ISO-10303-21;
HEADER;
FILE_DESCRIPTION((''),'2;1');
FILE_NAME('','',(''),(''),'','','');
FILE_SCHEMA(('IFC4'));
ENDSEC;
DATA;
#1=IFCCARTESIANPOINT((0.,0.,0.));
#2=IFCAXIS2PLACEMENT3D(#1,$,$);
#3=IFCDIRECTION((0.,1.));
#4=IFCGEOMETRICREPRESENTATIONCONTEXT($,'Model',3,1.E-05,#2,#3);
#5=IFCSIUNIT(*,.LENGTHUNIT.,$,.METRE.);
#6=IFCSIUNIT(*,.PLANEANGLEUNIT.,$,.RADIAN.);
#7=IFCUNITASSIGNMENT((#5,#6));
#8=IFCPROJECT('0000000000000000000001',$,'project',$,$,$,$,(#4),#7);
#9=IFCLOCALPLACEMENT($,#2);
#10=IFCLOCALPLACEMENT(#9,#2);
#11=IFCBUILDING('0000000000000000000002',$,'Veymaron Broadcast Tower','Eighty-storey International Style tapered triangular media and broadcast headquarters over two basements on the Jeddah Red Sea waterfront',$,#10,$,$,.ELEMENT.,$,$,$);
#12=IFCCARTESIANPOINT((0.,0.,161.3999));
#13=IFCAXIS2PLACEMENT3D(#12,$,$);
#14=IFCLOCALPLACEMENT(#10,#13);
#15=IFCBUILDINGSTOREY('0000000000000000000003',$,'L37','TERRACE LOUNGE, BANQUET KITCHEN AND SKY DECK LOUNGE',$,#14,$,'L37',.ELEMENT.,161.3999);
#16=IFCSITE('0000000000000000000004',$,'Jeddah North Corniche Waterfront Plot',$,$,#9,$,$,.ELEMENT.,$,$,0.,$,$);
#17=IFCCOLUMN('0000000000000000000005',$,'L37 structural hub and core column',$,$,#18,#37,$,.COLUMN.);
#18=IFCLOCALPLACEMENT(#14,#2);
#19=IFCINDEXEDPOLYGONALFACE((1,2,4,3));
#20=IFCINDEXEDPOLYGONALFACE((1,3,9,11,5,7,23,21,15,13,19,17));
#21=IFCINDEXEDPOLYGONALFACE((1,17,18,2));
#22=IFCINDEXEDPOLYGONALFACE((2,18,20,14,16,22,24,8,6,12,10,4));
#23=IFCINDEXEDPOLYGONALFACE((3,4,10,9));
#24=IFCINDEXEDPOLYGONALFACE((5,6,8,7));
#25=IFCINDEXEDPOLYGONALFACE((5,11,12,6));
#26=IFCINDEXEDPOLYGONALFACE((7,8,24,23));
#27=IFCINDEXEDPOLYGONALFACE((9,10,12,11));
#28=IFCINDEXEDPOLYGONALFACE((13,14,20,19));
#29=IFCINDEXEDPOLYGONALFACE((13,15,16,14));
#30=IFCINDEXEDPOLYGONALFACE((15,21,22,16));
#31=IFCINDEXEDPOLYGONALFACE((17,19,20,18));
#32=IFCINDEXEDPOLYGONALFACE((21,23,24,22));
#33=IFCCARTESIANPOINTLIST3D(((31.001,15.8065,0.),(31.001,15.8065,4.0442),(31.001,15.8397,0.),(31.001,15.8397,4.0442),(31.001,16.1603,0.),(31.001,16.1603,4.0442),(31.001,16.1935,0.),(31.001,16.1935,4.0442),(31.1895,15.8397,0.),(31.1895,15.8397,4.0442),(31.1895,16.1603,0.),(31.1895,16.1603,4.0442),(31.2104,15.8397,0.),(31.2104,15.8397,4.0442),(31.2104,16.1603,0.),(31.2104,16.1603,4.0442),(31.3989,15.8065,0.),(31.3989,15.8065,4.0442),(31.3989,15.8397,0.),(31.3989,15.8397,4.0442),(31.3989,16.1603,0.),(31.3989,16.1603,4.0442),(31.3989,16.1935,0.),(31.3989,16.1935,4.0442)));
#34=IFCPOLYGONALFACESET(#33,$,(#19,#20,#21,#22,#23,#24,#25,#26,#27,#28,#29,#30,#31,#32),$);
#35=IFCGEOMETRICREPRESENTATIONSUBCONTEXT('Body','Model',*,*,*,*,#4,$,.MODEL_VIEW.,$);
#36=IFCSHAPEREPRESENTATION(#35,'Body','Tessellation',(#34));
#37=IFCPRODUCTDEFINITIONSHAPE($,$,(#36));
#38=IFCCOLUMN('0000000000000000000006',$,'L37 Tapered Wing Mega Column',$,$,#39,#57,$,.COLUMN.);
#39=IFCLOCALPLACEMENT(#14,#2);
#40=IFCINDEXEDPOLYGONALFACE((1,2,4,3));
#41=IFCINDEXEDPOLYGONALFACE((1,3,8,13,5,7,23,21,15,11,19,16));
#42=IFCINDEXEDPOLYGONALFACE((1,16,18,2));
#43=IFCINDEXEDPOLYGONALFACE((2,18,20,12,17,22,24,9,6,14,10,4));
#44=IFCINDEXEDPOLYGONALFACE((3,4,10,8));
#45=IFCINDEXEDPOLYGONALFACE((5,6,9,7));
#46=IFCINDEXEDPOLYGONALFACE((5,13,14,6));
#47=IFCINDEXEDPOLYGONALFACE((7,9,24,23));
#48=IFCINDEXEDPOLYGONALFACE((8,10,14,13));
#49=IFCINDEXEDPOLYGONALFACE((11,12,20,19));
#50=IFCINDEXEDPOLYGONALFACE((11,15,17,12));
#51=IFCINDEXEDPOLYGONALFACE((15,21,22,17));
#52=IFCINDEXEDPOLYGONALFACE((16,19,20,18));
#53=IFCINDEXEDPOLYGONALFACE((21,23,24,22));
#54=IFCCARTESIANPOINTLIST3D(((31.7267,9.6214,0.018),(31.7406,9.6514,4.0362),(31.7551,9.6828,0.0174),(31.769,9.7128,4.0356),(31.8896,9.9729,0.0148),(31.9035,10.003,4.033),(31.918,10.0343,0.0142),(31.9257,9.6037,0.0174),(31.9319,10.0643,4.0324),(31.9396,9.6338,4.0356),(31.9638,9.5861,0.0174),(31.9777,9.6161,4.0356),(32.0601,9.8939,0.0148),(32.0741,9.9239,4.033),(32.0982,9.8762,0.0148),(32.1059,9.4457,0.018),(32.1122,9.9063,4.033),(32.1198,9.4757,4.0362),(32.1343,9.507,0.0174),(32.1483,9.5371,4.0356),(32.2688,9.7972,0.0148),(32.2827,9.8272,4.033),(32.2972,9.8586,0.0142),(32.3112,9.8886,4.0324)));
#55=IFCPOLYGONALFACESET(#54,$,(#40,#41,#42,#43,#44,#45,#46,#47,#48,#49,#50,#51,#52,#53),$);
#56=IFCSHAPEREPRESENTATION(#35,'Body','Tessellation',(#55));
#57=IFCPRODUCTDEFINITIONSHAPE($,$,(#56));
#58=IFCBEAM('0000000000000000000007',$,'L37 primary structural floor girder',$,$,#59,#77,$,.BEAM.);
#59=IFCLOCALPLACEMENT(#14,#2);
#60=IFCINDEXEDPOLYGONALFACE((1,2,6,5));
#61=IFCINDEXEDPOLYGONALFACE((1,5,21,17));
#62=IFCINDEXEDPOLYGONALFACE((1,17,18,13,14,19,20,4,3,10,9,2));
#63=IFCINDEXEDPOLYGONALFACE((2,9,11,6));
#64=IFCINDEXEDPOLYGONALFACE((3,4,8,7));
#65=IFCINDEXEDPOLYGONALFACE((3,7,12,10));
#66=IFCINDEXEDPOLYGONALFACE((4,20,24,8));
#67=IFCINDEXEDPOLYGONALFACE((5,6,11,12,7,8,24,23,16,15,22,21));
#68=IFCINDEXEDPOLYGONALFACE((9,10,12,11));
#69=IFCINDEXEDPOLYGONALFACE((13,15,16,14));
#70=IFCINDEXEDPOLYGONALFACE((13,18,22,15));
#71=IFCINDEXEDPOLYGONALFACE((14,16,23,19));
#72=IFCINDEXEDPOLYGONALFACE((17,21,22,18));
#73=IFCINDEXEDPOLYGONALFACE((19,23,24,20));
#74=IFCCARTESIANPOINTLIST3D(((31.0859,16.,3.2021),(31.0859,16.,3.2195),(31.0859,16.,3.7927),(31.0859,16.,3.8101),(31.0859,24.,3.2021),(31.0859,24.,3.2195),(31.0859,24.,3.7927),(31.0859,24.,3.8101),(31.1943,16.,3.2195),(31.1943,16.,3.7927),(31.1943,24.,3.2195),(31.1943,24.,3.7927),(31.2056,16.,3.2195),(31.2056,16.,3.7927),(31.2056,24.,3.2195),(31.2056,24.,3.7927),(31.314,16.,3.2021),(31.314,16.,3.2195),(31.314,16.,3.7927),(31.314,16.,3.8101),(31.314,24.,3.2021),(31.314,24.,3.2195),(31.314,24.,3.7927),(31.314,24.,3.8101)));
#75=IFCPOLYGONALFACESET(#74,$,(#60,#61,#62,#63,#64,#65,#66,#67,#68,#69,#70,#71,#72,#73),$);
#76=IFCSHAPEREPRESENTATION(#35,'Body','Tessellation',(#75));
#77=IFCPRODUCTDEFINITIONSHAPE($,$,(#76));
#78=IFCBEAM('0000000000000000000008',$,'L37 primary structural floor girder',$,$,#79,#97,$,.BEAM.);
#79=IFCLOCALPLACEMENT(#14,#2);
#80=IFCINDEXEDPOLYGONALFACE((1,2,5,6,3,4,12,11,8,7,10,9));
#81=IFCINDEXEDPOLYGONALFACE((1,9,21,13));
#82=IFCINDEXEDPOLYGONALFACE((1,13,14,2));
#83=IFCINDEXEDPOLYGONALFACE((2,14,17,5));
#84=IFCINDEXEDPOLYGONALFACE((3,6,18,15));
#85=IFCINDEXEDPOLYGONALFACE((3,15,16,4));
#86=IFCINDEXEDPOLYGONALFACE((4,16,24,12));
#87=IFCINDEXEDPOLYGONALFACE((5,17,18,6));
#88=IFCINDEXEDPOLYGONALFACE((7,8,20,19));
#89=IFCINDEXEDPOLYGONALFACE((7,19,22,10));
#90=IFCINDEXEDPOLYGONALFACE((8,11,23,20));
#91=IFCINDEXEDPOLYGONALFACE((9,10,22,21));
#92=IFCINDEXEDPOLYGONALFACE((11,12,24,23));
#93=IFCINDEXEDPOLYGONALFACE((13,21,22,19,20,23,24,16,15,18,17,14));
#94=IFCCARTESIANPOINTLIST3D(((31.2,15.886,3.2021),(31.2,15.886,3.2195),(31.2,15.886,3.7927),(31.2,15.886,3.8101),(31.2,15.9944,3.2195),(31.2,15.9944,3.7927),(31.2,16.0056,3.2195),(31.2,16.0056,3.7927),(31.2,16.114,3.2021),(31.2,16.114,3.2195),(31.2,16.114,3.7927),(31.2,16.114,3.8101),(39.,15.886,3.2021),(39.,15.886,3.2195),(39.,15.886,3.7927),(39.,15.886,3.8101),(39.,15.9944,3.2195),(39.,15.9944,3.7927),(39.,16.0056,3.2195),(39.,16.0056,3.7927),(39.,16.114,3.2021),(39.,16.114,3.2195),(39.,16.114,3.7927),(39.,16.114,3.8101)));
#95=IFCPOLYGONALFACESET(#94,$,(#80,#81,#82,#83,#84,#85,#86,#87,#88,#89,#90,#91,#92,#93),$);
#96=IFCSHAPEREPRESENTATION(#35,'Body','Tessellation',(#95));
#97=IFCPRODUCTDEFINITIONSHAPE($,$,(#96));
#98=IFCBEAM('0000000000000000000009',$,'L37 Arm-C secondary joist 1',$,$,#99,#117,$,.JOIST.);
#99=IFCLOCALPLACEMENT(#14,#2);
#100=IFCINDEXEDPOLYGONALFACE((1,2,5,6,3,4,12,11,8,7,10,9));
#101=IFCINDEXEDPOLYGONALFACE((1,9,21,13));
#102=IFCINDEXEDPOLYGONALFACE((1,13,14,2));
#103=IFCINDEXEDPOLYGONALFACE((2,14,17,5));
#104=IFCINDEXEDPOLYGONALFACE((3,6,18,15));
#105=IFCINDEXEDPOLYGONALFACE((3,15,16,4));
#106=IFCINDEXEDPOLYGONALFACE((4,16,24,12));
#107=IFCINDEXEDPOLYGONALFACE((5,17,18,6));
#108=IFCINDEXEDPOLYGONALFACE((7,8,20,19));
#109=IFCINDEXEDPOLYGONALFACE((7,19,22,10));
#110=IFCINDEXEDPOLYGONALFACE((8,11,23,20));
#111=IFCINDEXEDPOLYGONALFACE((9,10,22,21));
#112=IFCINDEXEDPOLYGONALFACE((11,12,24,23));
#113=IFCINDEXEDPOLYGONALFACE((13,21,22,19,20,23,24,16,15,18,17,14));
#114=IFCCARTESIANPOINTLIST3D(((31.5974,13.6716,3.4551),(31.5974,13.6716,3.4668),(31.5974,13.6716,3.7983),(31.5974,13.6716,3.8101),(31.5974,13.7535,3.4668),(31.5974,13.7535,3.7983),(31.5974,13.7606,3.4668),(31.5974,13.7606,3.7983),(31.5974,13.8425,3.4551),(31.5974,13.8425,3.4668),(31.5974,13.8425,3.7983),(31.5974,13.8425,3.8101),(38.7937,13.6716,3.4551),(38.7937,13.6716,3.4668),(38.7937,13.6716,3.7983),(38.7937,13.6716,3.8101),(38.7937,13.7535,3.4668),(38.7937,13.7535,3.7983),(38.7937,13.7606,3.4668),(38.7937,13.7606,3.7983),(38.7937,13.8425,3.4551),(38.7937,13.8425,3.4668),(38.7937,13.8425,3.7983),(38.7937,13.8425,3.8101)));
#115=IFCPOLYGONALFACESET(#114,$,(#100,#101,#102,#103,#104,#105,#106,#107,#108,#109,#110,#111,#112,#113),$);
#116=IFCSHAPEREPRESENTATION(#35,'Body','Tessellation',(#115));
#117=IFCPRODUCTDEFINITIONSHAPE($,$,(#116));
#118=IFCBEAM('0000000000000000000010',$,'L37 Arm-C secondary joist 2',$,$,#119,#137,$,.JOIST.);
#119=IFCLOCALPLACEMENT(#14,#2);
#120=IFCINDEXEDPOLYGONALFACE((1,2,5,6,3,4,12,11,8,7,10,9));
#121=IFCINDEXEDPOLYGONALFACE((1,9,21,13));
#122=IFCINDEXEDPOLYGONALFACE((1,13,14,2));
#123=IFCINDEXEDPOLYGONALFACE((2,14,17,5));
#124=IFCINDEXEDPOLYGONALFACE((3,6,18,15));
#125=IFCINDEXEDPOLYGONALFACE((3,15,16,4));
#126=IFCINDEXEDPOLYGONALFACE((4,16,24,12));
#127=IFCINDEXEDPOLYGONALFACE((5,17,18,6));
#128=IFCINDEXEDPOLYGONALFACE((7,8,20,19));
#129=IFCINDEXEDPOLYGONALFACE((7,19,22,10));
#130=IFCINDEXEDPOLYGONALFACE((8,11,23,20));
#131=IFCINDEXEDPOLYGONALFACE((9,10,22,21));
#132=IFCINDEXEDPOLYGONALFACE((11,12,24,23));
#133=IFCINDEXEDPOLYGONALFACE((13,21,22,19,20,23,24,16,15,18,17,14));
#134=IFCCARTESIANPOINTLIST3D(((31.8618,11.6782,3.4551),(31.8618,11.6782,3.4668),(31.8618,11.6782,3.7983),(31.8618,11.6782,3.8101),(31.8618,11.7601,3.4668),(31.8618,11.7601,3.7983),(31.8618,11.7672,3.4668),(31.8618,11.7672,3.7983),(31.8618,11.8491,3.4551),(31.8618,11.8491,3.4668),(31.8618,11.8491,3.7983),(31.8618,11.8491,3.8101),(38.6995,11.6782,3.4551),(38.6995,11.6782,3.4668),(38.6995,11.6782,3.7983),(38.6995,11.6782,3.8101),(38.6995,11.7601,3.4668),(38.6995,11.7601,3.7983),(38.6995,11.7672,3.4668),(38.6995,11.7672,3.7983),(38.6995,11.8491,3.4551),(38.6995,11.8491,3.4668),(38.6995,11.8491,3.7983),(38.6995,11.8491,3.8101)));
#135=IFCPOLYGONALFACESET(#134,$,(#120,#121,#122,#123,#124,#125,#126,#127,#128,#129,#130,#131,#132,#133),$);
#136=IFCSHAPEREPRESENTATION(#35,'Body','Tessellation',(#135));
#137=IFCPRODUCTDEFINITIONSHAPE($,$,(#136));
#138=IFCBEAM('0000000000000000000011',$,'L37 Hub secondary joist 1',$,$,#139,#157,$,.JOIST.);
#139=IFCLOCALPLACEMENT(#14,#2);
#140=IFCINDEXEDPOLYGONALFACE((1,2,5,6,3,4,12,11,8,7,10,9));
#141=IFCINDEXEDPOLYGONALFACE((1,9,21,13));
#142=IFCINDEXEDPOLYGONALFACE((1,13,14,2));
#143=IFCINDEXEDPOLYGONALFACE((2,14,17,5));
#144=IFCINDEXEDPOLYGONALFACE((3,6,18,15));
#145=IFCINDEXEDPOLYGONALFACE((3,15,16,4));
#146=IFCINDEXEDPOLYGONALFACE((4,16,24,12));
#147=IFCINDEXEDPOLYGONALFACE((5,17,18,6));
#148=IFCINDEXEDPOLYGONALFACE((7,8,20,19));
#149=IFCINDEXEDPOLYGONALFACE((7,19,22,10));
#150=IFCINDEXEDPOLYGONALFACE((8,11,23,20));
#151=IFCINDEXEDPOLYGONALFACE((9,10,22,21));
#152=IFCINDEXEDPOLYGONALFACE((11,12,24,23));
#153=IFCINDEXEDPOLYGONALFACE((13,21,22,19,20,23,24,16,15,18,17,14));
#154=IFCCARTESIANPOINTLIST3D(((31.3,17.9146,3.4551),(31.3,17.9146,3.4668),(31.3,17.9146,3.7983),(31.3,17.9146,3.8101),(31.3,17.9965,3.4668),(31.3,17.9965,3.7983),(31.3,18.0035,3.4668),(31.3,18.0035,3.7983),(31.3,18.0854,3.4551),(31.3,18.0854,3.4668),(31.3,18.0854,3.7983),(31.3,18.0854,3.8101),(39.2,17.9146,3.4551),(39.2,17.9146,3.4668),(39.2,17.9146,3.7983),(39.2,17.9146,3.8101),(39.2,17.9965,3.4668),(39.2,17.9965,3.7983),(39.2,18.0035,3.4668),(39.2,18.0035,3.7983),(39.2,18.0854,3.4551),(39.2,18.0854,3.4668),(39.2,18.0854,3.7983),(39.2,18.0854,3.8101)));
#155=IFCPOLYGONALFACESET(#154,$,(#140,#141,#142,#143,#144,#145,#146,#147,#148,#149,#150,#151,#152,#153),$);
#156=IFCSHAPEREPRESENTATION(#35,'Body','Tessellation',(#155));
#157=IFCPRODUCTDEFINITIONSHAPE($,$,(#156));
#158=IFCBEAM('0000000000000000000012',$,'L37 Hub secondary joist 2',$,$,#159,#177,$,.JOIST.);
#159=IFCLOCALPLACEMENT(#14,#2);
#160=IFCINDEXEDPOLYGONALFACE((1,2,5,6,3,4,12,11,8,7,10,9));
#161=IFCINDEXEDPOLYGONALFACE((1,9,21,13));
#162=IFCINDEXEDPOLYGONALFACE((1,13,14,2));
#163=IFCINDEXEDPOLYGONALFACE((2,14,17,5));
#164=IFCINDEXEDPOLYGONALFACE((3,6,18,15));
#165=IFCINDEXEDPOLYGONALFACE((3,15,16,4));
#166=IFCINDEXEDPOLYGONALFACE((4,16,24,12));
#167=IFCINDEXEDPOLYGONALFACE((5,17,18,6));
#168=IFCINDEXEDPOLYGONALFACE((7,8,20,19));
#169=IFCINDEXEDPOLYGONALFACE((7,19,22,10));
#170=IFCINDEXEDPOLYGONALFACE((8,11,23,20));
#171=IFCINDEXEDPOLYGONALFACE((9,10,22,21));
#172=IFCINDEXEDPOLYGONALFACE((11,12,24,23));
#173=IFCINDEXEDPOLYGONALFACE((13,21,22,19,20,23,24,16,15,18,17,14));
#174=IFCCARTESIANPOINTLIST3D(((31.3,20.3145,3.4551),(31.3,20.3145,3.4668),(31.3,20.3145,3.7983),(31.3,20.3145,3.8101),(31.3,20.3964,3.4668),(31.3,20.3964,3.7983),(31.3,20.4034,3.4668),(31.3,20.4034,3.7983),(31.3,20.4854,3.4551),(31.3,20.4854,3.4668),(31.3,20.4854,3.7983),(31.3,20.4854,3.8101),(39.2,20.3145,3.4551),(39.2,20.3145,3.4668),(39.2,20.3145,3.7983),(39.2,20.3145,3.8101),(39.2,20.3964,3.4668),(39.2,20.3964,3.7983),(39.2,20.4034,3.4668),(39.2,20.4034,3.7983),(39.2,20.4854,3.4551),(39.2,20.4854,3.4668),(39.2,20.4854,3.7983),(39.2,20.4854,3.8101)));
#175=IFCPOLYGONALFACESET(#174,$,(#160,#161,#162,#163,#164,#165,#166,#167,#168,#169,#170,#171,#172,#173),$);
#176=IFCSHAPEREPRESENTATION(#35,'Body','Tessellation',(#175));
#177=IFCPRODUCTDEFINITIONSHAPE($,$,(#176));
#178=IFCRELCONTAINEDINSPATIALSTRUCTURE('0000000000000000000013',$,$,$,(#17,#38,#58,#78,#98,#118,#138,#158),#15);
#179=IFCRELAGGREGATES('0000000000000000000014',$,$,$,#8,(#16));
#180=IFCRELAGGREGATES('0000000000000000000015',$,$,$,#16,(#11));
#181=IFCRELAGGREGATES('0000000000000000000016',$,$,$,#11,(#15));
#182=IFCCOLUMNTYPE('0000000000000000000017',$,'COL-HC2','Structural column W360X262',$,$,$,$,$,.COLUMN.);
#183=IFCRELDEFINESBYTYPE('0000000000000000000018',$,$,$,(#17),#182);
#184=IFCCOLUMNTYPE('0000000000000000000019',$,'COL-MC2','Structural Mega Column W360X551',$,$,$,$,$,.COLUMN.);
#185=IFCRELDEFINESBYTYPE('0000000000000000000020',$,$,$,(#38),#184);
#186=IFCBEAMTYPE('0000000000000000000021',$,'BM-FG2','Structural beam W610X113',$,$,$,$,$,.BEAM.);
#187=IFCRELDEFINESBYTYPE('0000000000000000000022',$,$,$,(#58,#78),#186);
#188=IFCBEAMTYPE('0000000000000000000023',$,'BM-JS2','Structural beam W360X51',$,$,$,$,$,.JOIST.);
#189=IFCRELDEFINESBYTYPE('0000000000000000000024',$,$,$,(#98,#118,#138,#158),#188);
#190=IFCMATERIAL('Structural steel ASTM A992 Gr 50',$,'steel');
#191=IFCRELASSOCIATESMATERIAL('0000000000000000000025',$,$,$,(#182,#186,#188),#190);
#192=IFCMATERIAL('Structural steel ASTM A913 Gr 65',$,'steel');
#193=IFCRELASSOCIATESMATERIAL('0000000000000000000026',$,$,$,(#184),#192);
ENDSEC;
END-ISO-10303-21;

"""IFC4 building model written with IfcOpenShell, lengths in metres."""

from ifc_helpers import new_model, si_unit, direction, frame, origin, origin_2d, place, context, subcontext, project, spatial, i_section, extrude, material, material_profile, profile_set, type_object, element, save


model = new_model("IFC4")

# Units and contexts
model_context = context("Model", 3, precision=1e-05, world=origin(), true_north=direction((0.0, 1.0)))
body_context = subcontext(model_context, "Body", "Model", "MODEL_VIEW")
ifc_project = project(units=[si_unit("LENGTHUNIT", "METRE"), si_unit("PLANEANGLEUNIT", "RADIAN")], contexts=[model_context])

# Site, building, storey
site_placement = place(None, origin())
site = spatial("IfcSite", under=ifc_project, at=site_placement, Name="Jeddah North Corniche Waterfront Plot", CompositionType="ELEMENT", RefElevation=0.0)
building_placement = place(site_placement, origin())
building = spatial("IfcBuilding", under=site, at=building_placement, Name="Veymaron Broadcast Tower", Description="Eighty-storey International Style tapered triangular media and broadcast headquarters over two basements on the Jeddah Red Sea waterfront", CompositionType="ELEMENT")
storey_placement = place(building_placement, frame((0.0, 0.0, 161.3999)))
storey = spatial("IfcBuildingStorey", under=building, at=storey_placement, Name="L37", Description="TERRACE LOUNGE, BANQUET KITCHEN AND SKY DECK LOUNGE", LongName="L37", CompositionType="ELEMENT", Elevation=161.3999)

# Columns
ifc_material_1 = material(Name="Structural steel ASTM A992 Gr 50", Category="steel")
ifc_material_profile_1 = material_profile(ifc_material_1, i_section(OverallWidth=0.3979, OverallDepth=0.387, WebThickness=0.021, FlangeThickness=0.0332, at=origin_2d()), Name="W360X262")
ifc_profile_set_1 = profile_set([ifc_material_profile_1], Name="Structural steel ASTM A992 Gr 50")
column_type_1 = type_object("IfcColumnType", Name="COL-HC2", Description="Structural column W360X262", PredefinedType="COLUMN", material=ifc_profile_set_1)
column_1_placement = place(storey_placement, frame((31.2, 16.0, 0.0), z_axis=(0.0, 0.0, 1.0), x_axis=(1.0, 0.0, 0.0)))
element("IfcColumn", 1, at=column_1_placement, inside=storey, type_object=column_type_1, Name="L37 structural hub and core column", PredefinedType="COLUMN", context=body_context, shape_type="SweptSolid", body=[
    extrude(i_section(OverallWidth=0.3979, OverallDepth=0.387, WebThickness=0.021, FlangeThickness=0.0332, at=origin_2d()), origin(), (0.0, 0.0, 1.0), 4.0442),
])
ifc_material_2 = material(Name="Structural steel ASTM A913 Gr 65", Category="steel")
ifc_material_profile_2 = material_profile(ifc_material_2, i_section(OverallWidth=0.418, OverallDepth=0.4551, WebThickness=0.042, FlangeThickness=0.0676, at=origin_2d()), Name="W360X551")
ifc_profile_set_2 = profile_set([ifc_material_profile_2], Name="Structural steel ASTM A913 Gr 65")
column_type_2 = type_object("IfcColumnType", Name="COL-MC2", Description="Structural Mega Column W360X551", PredefinedType="COLUMN", material=ifc_profile_set_2)
column_2_placement = place(storey_placement, frame((32.012, 9.74, 0.0161), z_axis=(0.003463, 0.007473, 0.999966), x_axis=(-0.907311, 0.420461, 0.0)))
element("IfcColumn", 2, at=column_2_placement, inside=storey, type_object=column_type_2, Name="L37 Tapered Wing Mega Column", PredefinedType="COLUMN", context=body_context, shape_type="SweptSolid", body=[
    extrude(i_section(OverallWidth=0.418, OverallDepth=0.4551, WebThickness=0.042, FlangeThickness=0.0676, at=origin_2d()), origin(), (0.0, 0.0, 1.0), 4.0183),
])

# Beams
ifc_material_profile_3 = material_profile(ifc_material_1, i_section(OverallWidth=0.228, OverallDepth=0.6079, WebThickness=0.0112, FlangeThickness=0.0173, at=origin_2d()), Name="W610X113")
ifc_profile_set_3 = profile_set([ifc_material_profile_3], Name="Structural steel ASTM A992 Gr 50")
beam_type_1 = type_object("IfcBeamType", Name="BM-FG2", Description="Structural beam W610X113", PredefinedType="BEAM", material=ifc_profile_set_3)
beam_1_placement = place(storey_placement, frame((31.2, 16.0, 3.5061), z_axis=(0.0, 1.0, 0.0), x_axis=(-1.0, 0.0, 0.0)))
element("IfcBeam", 3, at=beam_1_placement, inside=storey, type_object=beam_type_1, Name="L37 primary structural floor girder", PredefinedType="BEAM", context=body_context, shape_type="SweptSolid", body=[
    extrude(i_section(OverallWidth=0.228, OverallDepth=0.6079, WebThickness=0.0112, FlangeThickness=0.0173, at=origin_2d()), origin(), (0.0, 0.0, 1.0), 8.0),
])
beam_2_placement = place(storey_placement, frame((31.2, 16.0, 3.5061), z_axis=(1.0, 0.0, 0.0), x_axis=(0.0, 1.0, 0.0)))
element("IfcBeam", 4, at=beam_2_placement, inside=storey, type_object=beam_type_1, Name="L37 primary structural floor girder", PredefinedType="BEAM", context=body_context, shape_type="SweptSolid", body=[
    extrude(i_section(OverallWidth=0.228, OverallDepth=0.6079, WebThickness=0.0112, FlangeThickness=0.0173, at=origin_2d()), origin(), (0.0, 0.0, 1.0), 7.8),
])
ifc_material_profile_4 = material_profile(ifc_material_1, i_section(OverallWidth=0.1709, OverallDepth=0.355, WebThickness=0.0071, FlangeThickness=0.0117, at=origin_2d()), Name="W360X51")
ifc_profile_set_4 = profile_set([ifc_material_profile_4], Name="Structural steel ASTM A992 Gr 50")
beam_type_2 = type_object("IfcBeamType", Name="BM-JS2", Description="Structural beam W360X51", PredefinedType="JOIST", material=ifc_profile_set_4)
beam_3_placement = place(storey_placement, frame((31.5974, 13.7571, 3.6326), z_axis=(1.0, 0.0, 0.0), x_axis=(0.0, 1.0, 0.0)))
element("IfcBeam", 5, at=beam_3_placement, inside=storey, type_object=beam_type_2, Name="L37 Arm-C secondary joist 1", PredefinedType="JOIST", context=body_context, shape_type="SweptSolid", body=[
    extrude(i_section(OverallWidth=0.1709, OverallDepth=0.355, WebThickness=0.0071, FlangeThickness=0.0117, at=origin_2d()), origin(), (0.0, 0.0, 1.0), 7.1963),
])
beam_4_placement = place(storey_placement, frame((31.8618, 11.7637, 3.6326), z_axis=(1.0, 0.0, 0.0), x_axis=(0.0, 1.0, 0.0)))
element("IfcBeam", 6, at=beam_4_placement, inside=storey, type_object=beam_type_2, Name="L37 Arm-C secondary joist 2", PredefinedType="JOIST", context=body_context, shape_type="SweptSolid", body=[
    extrude(i_section(OverallWidth=0.1709, OverallDepth=0.355, WebThickness=0.0071, FlangeThickness=0.0117, at=origin_2d()), origin(), (0.0, 0.0, 1.0), 6.8376),
])
for number, where, z_axis, x_axis, name in (
    (7, (31.3, 18.0, 3.6326), (1.0, 0.0, 0.0), (0.0, 1.0, 0.0), "L37 Hub secondary joist 1"),
    (8, (31.3, 20.3999, 3.6326), (1.0, 0.0, 0.0), (0.0, 1.0, 0.0), "L37 Hub secondary joist 2"),
):
    element("IfcBeam", number, at=place(storey_placement, frame(where, z_axis=z_axis, x_axis=x_axis)), inside=storey, type_object=beam_type_2, Name=name, PredefinedType="JOIST", context=body_context, shape_type="SweptSolid", body=[
        extrude(i_section(OverallWidth=0.1709, OverallDepth=0.355, WebThickness=0.0071, FlangeThickness=0.0117, at=origin_2d()), origin(), (0.0, 0.0, 1.0), 7.8999),
    ])

save(model, "model.ifc")
